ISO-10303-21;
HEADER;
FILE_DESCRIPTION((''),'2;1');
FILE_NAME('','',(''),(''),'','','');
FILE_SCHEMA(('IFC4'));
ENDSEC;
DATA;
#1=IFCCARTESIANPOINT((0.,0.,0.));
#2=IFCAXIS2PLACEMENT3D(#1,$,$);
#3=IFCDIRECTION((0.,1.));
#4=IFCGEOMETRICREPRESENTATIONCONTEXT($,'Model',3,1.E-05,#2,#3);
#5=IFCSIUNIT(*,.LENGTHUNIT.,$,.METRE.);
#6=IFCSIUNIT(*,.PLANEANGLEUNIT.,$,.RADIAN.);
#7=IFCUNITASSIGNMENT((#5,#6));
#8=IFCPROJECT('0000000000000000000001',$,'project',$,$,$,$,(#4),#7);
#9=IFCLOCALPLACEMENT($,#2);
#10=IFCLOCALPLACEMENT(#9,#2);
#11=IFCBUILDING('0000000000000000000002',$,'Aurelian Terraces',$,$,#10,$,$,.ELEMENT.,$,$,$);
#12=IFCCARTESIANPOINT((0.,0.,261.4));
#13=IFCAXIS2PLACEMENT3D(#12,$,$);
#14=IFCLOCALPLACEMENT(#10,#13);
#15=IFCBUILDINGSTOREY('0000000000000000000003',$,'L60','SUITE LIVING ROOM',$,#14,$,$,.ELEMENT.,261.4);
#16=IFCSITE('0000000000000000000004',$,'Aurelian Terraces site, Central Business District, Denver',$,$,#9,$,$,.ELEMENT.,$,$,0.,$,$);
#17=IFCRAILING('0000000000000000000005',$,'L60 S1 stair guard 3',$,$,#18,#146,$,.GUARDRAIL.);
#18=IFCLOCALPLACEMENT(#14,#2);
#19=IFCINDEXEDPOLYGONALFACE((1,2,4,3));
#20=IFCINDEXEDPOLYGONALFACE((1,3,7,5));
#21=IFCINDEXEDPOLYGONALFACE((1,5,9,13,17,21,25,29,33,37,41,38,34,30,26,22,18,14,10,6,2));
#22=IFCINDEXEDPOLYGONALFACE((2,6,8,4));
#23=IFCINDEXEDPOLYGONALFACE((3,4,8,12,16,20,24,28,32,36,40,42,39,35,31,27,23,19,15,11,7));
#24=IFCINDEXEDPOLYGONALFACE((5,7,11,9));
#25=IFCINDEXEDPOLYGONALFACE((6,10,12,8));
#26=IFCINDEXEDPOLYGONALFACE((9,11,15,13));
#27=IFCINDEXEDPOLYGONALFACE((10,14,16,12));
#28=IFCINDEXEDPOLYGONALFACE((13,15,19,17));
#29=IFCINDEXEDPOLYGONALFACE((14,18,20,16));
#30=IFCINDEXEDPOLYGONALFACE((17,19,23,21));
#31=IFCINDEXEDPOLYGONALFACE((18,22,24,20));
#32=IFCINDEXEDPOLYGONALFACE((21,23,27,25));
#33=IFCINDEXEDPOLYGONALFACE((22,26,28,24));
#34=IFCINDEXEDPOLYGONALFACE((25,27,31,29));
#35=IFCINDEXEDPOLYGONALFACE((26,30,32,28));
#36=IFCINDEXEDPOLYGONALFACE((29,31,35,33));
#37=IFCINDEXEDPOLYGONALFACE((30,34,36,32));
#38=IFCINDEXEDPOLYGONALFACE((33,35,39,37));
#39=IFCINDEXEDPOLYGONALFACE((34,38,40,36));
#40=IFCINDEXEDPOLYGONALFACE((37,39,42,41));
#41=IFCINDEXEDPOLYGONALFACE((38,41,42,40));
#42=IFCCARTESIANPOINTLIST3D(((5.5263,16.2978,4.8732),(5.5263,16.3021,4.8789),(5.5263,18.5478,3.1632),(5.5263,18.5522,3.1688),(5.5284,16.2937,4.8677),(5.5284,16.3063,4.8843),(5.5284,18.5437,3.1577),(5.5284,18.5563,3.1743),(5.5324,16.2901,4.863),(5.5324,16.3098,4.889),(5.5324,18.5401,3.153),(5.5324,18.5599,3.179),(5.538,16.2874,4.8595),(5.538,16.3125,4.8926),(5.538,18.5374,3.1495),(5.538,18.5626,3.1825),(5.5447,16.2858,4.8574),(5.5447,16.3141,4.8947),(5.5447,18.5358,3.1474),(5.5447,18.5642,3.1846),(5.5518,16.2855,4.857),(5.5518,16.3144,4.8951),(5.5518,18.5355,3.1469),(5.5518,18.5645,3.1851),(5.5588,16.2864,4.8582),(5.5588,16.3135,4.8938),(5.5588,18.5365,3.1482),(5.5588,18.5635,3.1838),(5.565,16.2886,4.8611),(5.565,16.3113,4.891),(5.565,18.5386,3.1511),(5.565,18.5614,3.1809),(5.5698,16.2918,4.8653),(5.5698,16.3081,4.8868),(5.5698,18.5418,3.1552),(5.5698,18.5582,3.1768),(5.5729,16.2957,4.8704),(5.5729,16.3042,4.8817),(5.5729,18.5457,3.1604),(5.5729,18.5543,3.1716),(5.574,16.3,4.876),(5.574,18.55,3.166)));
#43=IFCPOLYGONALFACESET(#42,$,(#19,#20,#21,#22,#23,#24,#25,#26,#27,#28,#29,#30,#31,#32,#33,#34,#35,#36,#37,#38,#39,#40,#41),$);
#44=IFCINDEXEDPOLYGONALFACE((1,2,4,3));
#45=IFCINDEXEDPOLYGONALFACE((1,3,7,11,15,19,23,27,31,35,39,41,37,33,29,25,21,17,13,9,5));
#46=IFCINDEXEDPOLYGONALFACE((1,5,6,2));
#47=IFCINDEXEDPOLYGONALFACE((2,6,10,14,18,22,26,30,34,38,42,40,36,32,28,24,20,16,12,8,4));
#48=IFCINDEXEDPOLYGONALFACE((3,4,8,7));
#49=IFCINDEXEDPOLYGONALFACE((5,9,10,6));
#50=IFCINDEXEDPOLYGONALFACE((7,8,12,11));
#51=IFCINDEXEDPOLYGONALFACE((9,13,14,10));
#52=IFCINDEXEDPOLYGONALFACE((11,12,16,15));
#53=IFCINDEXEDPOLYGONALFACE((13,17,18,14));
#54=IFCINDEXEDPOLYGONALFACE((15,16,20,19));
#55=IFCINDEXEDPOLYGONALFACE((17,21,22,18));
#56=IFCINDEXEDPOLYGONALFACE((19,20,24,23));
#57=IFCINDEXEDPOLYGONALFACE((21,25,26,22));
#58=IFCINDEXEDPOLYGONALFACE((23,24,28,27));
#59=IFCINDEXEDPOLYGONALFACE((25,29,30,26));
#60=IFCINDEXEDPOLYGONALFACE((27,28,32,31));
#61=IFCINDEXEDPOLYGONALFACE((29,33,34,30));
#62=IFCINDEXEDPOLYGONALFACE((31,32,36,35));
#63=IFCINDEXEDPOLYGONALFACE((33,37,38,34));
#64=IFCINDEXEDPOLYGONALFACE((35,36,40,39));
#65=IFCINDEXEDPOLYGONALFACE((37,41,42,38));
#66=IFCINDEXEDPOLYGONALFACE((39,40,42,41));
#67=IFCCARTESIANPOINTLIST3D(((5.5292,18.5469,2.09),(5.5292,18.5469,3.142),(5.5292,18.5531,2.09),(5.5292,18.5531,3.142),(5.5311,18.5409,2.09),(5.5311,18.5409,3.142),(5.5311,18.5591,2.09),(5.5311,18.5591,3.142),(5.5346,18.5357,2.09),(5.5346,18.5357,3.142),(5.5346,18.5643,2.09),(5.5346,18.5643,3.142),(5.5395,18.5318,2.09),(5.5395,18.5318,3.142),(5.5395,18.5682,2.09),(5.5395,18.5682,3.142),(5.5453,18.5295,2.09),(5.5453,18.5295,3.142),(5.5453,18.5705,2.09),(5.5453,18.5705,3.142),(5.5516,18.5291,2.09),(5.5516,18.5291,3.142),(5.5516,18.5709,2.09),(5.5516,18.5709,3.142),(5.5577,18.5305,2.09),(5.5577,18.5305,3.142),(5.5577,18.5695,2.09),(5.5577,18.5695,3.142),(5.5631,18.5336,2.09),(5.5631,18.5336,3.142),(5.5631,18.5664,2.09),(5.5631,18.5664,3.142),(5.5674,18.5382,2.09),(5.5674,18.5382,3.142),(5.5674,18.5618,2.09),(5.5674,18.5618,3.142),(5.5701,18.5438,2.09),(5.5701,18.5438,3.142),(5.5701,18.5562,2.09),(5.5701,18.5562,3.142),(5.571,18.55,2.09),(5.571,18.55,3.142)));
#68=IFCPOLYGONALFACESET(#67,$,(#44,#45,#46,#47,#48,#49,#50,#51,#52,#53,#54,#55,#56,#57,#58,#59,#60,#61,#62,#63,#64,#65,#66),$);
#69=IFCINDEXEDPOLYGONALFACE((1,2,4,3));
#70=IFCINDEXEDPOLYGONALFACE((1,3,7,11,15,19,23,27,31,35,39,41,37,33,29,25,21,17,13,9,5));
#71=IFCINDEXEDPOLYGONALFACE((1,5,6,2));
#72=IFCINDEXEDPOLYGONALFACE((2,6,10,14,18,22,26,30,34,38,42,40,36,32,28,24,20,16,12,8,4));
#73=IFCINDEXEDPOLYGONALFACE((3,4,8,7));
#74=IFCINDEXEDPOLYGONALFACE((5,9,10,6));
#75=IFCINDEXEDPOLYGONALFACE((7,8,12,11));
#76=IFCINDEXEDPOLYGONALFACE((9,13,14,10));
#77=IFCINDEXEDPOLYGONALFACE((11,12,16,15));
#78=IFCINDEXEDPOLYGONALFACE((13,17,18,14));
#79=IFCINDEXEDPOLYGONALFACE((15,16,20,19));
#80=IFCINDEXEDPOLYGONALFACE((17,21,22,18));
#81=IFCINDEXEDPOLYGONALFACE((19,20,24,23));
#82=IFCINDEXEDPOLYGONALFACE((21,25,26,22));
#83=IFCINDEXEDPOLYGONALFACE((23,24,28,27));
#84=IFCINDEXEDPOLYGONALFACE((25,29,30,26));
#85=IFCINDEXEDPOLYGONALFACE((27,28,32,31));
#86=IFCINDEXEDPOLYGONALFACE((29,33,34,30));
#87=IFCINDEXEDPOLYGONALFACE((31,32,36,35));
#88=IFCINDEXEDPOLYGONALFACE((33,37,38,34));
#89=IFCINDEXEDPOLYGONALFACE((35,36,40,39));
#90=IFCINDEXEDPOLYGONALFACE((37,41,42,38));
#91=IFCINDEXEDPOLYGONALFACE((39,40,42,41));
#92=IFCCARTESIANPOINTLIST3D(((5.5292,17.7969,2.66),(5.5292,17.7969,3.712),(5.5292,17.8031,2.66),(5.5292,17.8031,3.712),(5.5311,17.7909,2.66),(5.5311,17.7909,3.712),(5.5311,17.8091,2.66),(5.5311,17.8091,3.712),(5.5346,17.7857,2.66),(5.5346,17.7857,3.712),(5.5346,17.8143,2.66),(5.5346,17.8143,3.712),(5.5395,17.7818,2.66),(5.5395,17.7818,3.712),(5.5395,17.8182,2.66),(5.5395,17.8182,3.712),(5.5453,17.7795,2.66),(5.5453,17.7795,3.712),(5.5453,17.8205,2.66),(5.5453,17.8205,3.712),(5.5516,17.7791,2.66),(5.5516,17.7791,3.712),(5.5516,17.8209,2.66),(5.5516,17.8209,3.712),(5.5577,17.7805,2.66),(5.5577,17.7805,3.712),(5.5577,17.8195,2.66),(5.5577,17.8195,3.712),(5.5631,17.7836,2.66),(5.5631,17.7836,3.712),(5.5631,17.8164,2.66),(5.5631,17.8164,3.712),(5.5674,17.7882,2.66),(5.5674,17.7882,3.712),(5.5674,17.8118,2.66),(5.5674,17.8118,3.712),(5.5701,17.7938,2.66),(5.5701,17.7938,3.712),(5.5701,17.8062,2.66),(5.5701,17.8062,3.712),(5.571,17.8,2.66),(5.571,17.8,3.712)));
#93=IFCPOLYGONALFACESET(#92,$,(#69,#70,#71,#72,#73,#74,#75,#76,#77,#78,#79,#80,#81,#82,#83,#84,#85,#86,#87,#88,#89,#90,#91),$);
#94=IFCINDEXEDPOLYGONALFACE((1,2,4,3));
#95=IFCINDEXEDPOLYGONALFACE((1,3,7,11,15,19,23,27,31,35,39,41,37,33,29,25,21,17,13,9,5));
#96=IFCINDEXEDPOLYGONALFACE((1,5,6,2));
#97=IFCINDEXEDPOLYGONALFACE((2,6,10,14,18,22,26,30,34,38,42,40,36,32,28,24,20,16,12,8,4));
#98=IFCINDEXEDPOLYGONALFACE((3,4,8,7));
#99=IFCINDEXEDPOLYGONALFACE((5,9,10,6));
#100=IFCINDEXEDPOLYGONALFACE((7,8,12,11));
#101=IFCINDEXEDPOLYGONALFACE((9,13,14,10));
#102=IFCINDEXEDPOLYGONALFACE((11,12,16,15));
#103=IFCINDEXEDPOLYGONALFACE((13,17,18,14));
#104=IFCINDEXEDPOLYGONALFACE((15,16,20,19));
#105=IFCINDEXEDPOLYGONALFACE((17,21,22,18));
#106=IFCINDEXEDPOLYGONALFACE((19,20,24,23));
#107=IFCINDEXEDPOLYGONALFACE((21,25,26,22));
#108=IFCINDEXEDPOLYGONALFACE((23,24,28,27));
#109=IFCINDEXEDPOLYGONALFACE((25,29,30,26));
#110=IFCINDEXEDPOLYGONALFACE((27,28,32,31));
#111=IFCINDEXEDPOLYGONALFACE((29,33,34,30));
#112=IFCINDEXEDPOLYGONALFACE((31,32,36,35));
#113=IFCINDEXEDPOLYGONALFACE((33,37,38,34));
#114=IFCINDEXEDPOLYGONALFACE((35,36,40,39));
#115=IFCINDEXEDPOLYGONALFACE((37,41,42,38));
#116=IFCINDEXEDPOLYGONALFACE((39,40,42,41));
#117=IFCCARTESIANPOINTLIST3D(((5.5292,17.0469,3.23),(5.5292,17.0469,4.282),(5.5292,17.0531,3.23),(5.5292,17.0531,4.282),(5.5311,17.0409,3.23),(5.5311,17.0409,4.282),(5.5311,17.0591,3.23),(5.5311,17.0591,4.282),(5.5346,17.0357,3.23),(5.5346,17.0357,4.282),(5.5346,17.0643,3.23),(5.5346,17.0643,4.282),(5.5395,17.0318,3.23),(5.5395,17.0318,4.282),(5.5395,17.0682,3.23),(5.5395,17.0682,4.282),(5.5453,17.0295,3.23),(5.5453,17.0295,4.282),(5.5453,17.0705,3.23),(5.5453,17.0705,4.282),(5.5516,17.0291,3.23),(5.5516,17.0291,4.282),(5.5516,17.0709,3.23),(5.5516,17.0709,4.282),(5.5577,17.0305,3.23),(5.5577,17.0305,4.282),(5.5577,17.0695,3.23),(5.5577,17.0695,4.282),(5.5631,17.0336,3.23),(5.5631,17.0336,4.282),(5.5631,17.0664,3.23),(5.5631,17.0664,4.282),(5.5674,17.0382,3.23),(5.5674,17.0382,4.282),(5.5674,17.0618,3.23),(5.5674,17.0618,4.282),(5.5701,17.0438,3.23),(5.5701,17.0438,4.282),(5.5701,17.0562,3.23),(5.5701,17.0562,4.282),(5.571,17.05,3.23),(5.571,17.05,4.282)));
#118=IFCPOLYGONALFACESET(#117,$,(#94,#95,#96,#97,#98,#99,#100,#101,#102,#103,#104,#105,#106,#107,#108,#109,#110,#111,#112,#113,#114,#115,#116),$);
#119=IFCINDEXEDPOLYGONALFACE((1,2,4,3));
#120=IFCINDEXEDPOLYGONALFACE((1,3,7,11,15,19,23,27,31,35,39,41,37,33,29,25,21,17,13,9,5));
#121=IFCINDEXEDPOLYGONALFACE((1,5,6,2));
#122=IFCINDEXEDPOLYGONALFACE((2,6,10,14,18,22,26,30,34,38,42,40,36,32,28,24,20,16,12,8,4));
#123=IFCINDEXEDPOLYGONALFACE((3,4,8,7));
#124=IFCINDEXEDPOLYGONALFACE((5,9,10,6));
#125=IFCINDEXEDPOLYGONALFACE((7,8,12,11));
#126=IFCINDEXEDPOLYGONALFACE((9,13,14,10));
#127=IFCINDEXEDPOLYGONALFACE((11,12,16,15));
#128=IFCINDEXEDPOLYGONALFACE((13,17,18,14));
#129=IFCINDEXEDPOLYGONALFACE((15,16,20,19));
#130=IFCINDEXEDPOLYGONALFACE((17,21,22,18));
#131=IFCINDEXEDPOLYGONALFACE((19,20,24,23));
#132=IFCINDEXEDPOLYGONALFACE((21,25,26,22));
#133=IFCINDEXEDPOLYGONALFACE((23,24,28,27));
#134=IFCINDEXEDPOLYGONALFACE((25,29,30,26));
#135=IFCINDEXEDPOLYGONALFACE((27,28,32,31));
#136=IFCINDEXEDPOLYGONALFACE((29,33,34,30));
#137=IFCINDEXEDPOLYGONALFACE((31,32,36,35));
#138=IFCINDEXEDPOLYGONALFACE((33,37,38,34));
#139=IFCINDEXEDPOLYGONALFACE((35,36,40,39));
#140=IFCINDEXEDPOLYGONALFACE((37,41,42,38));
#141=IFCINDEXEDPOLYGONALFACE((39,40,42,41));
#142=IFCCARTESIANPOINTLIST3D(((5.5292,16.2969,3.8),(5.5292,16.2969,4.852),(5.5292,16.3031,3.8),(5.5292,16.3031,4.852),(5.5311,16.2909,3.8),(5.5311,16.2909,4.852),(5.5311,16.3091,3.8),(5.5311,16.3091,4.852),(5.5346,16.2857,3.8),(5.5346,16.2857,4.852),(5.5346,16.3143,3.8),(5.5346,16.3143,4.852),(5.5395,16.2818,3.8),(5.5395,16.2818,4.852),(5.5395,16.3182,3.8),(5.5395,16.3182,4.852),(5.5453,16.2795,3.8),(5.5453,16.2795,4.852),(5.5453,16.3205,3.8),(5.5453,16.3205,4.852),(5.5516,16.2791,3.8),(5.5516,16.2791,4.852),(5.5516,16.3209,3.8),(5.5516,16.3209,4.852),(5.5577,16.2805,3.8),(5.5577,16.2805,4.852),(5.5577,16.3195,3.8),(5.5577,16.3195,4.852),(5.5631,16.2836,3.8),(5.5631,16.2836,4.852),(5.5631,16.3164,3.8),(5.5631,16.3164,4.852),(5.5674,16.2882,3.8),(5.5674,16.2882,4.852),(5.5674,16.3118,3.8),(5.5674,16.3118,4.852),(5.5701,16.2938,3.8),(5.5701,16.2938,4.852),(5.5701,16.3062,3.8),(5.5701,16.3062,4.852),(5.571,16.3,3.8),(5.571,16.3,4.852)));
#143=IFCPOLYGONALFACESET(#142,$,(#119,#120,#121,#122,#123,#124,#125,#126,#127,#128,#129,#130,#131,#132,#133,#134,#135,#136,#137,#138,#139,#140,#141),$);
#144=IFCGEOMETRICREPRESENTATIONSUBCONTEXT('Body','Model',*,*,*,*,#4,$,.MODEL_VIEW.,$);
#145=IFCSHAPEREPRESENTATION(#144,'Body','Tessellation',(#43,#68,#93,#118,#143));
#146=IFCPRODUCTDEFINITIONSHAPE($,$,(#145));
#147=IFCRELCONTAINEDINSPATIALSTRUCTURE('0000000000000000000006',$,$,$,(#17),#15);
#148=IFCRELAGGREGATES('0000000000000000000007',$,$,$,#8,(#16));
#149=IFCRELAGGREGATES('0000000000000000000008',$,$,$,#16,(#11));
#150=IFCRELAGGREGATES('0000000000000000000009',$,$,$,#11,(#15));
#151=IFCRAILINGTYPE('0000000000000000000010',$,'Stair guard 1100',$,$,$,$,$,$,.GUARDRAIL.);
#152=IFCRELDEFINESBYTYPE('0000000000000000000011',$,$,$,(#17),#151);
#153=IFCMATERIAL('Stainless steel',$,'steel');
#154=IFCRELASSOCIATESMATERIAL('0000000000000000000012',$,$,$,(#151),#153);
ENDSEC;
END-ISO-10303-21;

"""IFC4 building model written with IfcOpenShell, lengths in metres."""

from ifc_helpers import new_model, si_unit, direction, frame, origin, origin_2d, place, context, subcontext, project, spatial, circle, extrude, source, transform, mapped, material, type_object, element, save


model = new_model("IFC4")

# Units and contexts
model_context = context("Model", 3, precision=1e-05, world=origin(), true_north=direction((0.0, 1.0)))
body_context = subcontext(model_context, "Body", "Model", "MODEL_VIEW")
ifc_project = project(units=[si_unit("LENGTHUNIT", "METRE"), si_unit("PLANEANGLEUNIT", "RADIAN")], contexts=[model_context])

# Site, building, storey
site_placement = place(None, origin())
site = spatial("IfcSite", under=ifc_project, at=site_placement, Name="Aurelian Terraces site, Central Business District, Denver", CompositionType="ELEMENT", RefElevation=0.0)
building_placement = place(site_placement, origin())
building = spatial("IfcBuilding", under=site, at=building_placement, Name="Aurelian Terraces", CompositionType="ELEMENT")
storey_placement = place(building_placement, frame((0.0, 0.0, 261.4)))
storey = spatial("IfcBuildingStorey", under=building, at=storey_placement, Name="L60", Description="SUITE LIVING ROOM", CompositionType="ELEMENT", Elevation=261.4)

# Railing
ifc_material_1 = material(Name="Stainless steel", Category="steel")
railing_type_1 = type_object("IfcRailingType", Name="Stair guard 1100", PredefinedType="GUARDRAIL", material=ifc_material_1)
shared_shape_1 = source(origin(), body_context, "Body", "SweptSolid", [
    extrude(circle(Radius=0.024, at=origin_2d()), frame((0.0, 0.0, 1.076), z_axis=(0.0, -0.796162, 0.605083), x_axis=(1.0, 0.0, 0.0)), (0.0, 0.0, 1.0), 2.8261),
    extrude(circle(Radius=0.021, at=origin_2d()), origin(), (0.0, 0.0, 1.0), 1.052),
    extrude(circle(Radius=0.021, at=origin_2d()), frame((0.0, -0.75, 0.57)), (0.0, 0.0, 1.0), 1.052),
    extrude(circle(Radius=0.021, at=origin_2d()), frame((0.0, -1.5, 1.14)), (0.0, 0.0, 1.0), 1.052),
    extrude(circle(Radius=0.021, at=origin_2d()), frame((0.0, -2.25, 1.71)), (0.0, 0.0, 1.0), 1.052),
])
railing_1_placement = place(storey_placement, frame((5.55, 18.55, 2.09)))
element("IfcRailing", 1, at=railing_1_placement, inside=storey, type_object=railing_type_1, Name="L60 S1 stair guard 3", PredefinedType="GUARDRAIL", context=body_context, shape_type="MappedRepresentation", body=[
    mapped(shared_shape_1, transform((0.0, 0.0, 0.0), scale=1.0)),
])

save(model, "model.ifc")
